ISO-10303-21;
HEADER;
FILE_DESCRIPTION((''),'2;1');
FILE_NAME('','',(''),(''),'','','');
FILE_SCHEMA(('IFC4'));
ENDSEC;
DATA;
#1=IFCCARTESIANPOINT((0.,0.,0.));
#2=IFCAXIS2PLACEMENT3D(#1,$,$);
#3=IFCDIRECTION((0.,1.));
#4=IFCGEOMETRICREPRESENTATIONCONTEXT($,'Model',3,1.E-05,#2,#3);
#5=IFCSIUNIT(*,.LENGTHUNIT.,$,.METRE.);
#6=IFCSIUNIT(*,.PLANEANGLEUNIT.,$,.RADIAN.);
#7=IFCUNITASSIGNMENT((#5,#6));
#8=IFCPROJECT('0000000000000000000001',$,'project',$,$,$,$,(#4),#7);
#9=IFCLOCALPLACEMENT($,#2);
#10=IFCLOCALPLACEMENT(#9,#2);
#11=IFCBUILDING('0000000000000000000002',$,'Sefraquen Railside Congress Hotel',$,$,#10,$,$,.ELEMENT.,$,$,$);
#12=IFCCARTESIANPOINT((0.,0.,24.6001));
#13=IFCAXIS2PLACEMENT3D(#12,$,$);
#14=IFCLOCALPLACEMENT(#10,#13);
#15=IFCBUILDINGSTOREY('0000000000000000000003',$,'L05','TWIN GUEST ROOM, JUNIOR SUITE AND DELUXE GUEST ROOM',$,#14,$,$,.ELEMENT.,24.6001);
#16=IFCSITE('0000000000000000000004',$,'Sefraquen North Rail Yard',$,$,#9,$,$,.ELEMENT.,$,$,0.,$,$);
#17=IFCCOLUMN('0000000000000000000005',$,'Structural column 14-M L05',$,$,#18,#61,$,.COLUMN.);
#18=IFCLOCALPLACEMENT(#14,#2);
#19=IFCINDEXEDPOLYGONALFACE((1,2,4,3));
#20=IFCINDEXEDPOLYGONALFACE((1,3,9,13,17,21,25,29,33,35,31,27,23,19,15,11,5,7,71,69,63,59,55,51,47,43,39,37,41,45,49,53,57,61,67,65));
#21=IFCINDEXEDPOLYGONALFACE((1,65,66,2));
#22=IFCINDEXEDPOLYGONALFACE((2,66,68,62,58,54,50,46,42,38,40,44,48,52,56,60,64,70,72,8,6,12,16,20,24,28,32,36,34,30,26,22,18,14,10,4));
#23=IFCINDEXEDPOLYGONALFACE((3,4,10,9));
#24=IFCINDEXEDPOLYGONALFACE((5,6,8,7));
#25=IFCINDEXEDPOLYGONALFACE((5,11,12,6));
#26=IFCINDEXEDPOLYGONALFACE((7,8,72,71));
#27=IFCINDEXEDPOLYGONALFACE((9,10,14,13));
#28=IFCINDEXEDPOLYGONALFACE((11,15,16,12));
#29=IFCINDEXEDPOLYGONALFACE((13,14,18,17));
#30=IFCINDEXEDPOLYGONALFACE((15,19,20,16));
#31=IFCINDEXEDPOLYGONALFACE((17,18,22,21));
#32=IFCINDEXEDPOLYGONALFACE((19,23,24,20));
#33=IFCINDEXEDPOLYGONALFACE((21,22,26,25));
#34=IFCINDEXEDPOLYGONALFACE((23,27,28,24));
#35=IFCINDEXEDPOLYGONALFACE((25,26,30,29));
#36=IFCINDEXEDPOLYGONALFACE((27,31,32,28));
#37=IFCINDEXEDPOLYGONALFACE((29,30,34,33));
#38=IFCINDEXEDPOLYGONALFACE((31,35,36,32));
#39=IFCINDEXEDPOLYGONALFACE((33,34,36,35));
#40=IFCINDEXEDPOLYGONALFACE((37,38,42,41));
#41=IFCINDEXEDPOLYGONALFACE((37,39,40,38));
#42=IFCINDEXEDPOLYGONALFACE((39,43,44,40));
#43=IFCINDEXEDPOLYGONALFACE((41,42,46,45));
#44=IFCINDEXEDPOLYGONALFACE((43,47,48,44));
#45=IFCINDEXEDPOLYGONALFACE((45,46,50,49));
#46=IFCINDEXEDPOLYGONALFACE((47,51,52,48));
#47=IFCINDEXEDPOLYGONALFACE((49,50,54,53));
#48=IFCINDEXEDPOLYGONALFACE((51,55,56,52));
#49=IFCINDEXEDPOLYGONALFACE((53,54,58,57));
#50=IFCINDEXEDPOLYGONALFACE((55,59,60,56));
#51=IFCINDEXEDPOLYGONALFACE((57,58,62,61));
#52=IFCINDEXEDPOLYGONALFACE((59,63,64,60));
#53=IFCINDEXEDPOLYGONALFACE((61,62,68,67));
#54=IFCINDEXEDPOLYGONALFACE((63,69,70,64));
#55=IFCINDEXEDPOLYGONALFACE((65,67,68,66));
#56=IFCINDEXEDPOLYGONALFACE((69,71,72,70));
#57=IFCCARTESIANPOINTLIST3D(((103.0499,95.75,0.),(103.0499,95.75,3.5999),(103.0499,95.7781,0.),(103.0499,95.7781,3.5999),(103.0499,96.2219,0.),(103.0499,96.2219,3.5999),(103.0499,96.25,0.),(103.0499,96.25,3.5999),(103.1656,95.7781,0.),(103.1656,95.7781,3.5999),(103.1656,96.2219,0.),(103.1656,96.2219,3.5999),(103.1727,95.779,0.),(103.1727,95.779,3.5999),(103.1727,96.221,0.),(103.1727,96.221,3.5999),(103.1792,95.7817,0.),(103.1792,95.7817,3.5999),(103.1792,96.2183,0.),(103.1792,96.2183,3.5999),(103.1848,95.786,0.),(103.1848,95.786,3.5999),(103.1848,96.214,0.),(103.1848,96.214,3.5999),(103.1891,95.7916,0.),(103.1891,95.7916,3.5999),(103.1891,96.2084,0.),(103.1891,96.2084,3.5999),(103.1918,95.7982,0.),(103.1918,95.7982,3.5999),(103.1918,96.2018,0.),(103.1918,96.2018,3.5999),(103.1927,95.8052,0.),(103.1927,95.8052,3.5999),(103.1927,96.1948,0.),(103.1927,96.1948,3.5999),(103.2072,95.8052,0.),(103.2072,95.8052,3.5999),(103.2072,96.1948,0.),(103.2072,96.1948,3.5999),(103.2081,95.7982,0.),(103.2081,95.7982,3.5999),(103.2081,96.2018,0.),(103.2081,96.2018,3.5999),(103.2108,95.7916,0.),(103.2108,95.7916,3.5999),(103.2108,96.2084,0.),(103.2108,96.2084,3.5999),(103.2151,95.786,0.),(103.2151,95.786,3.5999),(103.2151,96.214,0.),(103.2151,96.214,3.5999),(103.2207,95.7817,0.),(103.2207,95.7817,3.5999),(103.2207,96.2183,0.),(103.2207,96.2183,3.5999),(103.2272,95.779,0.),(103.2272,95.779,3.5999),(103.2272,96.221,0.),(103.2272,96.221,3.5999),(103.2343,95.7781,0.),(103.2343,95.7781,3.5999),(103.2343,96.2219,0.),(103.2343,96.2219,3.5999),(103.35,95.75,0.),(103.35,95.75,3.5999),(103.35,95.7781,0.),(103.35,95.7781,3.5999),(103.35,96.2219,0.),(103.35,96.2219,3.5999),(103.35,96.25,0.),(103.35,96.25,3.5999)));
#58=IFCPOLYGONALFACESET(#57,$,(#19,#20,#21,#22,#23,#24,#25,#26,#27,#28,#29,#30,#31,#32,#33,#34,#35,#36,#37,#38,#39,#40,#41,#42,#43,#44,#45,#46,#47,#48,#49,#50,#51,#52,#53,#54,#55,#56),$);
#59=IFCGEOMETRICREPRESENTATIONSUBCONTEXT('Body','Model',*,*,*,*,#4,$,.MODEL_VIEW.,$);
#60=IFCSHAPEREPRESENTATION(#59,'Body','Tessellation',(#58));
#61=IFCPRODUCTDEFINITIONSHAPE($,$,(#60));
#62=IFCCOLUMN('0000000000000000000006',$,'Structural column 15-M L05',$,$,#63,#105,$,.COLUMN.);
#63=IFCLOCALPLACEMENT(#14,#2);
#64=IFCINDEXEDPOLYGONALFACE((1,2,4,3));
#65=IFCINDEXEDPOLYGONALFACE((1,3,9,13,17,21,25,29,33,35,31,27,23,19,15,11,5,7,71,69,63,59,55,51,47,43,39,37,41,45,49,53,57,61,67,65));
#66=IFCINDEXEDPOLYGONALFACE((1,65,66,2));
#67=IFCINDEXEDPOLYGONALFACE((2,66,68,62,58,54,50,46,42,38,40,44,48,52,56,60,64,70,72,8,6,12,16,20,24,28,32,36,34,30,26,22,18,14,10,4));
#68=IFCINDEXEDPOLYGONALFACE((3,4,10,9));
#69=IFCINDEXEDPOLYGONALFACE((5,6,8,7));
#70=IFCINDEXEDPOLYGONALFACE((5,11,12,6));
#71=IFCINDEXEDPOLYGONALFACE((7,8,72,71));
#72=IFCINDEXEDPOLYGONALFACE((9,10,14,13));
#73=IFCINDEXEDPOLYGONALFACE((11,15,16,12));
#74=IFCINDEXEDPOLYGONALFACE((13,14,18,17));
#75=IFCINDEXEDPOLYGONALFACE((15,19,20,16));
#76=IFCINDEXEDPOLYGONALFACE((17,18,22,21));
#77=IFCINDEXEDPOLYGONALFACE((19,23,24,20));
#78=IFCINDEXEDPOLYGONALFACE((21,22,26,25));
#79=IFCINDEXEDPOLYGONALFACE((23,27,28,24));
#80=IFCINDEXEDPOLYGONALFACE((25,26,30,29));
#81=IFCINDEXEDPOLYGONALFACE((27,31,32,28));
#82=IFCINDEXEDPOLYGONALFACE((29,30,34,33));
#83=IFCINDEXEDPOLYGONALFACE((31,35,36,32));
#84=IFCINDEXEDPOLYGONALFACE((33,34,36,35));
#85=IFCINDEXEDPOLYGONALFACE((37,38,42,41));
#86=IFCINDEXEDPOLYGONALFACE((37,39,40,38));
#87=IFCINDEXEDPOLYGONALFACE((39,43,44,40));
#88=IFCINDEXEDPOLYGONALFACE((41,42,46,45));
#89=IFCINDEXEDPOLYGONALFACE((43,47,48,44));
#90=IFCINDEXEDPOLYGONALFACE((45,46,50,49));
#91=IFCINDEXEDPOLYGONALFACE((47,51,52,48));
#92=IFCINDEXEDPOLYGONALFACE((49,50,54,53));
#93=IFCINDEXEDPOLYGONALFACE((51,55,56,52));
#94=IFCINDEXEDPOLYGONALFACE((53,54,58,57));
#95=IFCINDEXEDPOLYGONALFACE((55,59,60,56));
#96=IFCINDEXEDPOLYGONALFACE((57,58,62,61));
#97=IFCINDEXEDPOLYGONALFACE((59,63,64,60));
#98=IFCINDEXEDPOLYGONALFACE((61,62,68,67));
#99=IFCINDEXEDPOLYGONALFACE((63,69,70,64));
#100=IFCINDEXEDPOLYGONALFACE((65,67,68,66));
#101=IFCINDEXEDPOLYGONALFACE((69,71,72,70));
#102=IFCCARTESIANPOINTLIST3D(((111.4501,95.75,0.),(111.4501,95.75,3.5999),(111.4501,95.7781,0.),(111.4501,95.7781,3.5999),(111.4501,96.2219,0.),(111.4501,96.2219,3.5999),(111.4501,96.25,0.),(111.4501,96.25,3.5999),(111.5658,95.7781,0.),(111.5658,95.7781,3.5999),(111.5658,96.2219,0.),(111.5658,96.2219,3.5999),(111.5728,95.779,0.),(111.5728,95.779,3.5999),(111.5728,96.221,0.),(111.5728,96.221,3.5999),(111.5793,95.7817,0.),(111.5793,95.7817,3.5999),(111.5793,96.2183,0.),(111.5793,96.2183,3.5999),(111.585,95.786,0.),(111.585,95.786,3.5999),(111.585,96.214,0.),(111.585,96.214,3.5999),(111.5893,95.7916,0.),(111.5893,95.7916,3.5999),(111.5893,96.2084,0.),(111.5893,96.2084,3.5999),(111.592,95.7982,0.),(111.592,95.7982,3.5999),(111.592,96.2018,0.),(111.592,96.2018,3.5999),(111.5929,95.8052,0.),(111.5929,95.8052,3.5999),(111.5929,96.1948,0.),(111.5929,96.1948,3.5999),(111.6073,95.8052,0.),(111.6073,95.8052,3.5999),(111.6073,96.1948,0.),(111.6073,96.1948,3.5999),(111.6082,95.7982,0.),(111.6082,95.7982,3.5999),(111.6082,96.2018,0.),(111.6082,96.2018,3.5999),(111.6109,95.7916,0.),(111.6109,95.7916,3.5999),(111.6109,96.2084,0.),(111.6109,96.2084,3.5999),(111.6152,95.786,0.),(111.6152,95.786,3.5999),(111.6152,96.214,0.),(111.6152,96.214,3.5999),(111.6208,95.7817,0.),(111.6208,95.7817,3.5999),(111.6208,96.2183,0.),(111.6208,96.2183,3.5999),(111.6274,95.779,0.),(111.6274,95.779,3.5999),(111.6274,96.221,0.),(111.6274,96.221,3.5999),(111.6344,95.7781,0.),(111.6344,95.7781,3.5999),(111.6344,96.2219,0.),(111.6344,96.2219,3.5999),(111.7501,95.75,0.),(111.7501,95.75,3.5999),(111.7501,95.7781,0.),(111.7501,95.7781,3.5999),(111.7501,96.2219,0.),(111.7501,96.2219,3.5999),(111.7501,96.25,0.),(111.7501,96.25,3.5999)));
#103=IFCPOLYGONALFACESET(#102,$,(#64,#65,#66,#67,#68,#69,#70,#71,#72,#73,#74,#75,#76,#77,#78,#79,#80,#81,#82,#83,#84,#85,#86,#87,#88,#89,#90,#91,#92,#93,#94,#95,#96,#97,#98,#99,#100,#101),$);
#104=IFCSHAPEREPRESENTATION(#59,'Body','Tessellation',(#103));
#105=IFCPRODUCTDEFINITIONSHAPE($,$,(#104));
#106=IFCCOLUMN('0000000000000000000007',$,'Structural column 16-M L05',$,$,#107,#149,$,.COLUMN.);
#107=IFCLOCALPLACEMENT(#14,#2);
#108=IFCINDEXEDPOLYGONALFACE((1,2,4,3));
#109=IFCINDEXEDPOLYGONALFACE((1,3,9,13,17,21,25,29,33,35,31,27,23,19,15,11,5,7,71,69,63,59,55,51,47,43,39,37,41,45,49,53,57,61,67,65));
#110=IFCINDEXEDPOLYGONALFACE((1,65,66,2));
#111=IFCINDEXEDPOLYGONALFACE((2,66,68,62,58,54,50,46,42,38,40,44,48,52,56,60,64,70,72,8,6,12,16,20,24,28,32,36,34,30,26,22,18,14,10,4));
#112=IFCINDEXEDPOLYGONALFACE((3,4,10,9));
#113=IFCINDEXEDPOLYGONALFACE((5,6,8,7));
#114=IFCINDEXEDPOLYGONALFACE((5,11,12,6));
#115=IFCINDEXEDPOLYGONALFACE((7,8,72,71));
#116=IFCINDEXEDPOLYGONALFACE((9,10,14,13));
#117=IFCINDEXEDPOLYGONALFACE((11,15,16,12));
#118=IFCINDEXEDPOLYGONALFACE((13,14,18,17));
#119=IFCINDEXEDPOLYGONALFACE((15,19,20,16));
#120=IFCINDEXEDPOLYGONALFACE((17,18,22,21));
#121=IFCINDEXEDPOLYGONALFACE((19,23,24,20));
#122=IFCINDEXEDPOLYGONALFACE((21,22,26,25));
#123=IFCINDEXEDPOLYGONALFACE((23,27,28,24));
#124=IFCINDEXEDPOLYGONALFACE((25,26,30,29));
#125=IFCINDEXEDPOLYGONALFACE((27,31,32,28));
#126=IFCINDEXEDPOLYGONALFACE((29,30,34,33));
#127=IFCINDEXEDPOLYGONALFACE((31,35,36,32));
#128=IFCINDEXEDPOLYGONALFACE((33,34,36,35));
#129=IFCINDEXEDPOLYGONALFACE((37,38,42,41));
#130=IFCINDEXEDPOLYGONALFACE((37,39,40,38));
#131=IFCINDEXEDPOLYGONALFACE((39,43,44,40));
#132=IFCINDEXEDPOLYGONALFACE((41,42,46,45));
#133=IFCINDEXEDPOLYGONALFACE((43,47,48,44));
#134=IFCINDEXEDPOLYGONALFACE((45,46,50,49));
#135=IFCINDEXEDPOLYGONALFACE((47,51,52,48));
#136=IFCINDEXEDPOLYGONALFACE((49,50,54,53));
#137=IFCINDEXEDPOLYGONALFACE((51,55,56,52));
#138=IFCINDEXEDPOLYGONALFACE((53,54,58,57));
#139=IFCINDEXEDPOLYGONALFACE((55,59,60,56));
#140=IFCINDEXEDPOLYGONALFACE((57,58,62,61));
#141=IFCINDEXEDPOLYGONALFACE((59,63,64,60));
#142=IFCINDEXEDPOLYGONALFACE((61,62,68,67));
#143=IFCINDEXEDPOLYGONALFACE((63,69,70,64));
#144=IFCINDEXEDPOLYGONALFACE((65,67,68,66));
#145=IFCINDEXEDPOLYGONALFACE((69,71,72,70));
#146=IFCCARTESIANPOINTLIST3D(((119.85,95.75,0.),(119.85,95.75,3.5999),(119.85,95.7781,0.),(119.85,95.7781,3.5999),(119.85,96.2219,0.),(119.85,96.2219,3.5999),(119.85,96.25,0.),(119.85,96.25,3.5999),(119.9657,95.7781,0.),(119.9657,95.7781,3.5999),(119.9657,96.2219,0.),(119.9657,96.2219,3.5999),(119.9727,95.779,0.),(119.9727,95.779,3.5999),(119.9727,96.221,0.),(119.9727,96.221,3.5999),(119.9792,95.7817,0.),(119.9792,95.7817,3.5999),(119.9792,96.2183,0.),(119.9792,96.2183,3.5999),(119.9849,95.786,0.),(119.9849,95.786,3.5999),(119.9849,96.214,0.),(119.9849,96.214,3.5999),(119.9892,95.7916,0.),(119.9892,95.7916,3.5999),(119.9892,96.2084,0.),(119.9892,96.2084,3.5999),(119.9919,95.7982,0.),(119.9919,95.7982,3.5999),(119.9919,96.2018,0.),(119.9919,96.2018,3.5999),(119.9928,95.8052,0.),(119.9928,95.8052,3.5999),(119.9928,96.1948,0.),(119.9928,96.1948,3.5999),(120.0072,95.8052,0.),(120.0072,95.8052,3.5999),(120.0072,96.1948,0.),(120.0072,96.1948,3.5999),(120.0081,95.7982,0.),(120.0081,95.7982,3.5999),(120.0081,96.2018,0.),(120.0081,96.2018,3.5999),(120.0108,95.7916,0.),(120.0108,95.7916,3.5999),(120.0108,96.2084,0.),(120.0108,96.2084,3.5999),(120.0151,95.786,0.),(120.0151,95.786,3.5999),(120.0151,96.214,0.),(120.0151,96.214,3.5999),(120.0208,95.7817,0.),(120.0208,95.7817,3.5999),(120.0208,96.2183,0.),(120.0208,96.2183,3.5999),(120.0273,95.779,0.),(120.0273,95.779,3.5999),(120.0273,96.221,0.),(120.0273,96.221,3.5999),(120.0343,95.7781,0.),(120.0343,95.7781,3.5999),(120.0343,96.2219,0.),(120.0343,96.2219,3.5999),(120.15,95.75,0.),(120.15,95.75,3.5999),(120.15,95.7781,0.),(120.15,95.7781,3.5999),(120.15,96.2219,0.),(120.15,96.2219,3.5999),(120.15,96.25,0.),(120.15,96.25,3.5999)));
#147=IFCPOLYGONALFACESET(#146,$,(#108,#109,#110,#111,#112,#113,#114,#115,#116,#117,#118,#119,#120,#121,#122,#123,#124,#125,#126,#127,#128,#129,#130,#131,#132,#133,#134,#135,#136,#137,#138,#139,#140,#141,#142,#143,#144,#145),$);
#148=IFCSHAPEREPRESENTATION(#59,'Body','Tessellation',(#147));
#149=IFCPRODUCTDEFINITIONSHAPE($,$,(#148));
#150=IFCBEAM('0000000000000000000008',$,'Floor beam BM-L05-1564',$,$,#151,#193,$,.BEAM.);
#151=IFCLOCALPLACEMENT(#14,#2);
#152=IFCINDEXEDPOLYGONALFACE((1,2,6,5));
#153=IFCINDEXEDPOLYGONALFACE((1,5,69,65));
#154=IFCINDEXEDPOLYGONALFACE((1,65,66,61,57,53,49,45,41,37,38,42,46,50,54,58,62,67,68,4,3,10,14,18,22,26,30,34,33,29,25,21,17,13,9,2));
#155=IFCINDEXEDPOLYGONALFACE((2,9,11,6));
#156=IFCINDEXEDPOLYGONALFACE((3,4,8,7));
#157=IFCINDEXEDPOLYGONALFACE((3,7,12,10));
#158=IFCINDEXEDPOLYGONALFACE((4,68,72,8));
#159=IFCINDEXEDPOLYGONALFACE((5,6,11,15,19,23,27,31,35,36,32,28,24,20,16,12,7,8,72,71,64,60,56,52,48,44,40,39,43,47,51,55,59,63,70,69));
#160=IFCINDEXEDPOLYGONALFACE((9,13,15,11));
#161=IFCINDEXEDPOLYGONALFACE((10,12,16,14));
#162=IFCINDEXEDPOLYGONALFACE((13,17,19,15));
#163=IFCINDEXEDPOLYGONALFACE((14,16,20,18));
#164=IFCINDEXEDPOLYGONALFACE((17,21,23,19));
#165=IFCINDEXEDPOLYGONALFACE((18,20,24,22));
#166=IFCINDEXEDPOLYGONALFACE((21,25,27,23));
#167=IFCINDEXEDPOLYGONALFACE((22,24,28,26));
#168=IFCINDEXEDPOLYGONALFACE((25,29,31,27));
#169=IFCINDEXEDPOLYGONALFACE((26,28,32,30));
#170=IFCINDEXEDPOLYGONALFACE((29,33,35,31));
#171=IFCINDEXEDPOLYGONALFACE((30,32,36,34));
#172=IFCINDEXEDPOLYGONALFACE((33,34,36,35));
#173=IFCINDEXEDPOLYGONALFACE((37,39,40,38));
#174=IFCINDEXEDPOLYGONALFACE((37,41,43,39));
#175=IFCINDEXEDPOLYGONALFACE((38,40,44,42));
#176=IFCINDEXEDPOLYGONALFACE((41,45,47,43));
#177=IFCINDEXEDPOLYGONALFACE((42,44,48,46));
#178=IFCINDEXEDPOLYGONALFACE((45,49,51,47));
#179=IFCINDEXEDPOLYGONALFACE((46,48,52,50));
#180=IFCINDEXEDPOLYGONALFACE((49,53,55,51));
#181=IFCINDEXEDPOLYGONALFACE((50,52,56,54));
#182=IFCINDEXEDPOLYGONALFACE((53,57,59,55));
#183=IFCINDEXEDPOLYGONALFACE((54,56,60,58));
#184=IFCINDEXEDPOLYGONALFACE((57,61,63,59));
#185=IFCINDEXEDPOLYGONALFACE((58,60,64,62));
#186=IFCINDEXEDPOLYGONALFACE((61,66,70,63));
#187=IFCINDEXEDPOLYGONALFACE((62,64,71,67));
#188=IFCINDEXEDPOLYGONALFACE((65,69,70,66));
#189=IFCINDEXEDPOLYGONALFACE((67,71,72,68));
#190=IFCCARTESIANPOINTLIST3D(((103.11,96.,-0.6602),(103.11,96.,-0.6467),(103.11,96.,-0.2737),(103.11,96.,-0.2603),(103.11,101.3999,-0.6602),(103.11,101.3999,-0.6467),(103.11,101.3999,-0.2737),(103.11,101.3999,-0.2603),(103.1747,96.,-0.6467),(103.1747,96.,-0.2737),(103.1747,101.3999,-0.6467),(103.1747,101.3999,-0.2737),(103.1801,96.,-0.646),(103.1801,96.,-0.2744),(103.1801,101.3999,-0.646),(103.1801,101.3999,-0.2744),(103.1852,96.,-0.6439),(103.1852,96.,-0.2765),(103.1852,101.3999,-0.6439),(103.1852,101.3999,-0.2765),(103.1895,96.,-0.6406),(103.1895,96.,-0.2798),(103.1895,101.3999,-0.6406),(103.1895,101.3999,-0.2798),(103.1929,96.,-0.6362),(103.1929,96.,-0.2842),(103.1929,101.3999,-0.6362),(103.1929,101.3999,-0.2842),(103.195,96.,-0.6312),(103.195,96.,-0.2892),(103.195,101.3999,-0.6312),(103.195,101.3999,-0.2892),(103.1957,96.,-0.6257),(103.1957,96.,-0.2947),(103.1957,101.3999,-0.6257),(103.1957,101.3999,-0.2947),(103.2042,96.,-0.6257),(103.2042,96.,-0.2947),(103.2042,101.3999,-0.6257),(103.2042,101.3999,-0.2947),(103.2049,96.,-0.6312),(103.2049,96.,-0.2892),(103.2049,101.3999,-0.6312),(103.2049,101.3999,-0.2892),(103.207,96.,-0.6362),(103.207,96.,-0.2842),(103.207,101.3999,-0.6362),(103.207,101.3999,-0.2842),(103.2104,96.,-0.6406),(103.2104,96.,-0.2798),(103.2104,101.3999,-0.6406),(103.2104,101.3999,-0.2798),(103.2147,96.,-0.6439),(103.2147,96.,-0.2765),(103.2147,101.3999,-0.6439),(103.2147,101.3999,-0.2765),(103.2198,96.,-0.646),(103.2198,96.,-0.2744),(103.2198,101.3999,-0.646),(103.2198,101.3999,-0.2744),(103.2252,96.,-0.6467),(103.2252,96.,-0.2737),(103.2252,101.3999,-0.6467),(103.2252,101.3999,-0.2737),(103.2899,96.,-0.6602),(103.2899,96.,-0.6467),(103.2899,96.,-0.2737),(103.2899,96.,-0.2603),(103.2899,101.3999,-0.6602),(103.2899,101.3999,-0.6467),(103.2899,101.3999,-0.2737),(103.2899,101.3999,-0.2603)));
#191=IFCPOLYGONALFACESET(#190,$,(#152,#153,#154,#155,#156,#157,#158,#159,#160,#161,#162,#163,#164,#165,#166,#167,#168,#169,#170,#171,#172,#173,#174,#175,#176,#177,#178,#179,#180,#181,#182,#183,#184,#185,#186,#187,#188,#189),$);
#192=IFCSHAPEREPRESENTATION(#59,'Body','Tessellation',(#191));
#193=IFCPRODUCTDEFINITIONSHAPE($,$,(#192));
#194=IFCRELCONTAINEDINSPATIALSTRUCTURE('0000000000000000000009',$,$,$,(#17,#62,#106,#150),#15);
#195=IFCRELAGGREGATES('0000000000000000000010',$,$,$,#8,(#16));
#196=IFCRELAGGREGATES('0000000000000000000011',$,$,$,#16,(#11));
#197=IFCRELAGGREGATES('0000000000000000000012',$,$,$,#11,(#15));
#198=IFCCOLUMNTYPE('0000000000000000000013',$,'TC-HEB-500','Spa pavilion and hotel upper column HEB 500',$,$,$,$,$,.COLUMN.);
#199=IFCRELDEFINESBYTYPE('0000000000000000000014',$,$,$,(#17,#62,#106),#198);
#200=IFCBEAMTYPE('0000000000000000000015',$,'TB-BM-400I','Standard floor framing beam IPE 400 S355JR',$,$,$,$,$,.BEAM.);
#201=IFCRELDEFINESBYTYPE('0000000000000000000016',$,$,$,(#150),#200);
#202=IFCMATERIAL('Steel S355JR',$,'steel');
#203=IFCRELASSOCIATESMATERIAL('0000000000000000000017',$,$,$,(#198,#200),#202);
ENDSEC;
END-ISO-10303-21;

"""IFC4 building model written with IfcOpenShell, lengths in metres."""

from ifc_helpers import new_model, si_unit, direction, frame, origin, origin_2d, place, context, subcontext, project, spatial, i_section, extrude, material, material_profile, profile_set, type_object, element, save


model = new_model("IFC4")

# Units and contexts
model_context = context("Model", 3, precision=1e-05, world=origin(), true_north=direction((0.0, 1.0)))
body_context = subcontext(model_context, "Body", "Model", "MODEL_VIEW")
ifc_project = project(units=[si_unit("LENGTHUNIT", "METRE"), si_unit("PLANEANGLEUNIT", "RADIAN")], contexts=[model_context])

# Site, building, storey
site_placement = place(None, origin())
site = spatial("IfcSite", under=ifc_project, at=site_placement, Name="Sefraquen North Rail Yard", CompositionType="ELEMENT", RefElevation=0.0)
building_placement = place(site_placement, origin())
building = spatial("IfcBuilding", under=site, at=building_placement, Name="Sefraquen Railside Congress Hotel", CompositionType="ELEMENT")
storey_placement = place(building_placement, frame((0.0, 0.0, 24.6001)))
storey = spatial("IfcBuildingStorey", under=building, at=storey_placement, Name="L05", Description="TWIN GUEST ROOM, JUNIOR SUITE AND DELUXE GUEST ROOM", CompositionType="ELEMENT", Elevation=24.6001)

# Columns
ifc_material_1 = material(Name="Steel S355JR", Category="steel")
ifc_material_profile_1 = material_profile(ifc_material_1, i_section(OverallWidth=0.3, OverallDepth=0.5, WebThickness=0.0144, FlangeThickness=0.0281, FilletRadius=0.0271, at=origin_2d()), Name="HEB 500")
ifc_profile_set_1 = profile_set([ifc_material_profile_1], Name="Steel S355JR")
column_type = type_object("IfcColumnType", Name="TC-HEB-500", Description="Spa pavilion and hotel upper column HEB 500", PredefinedType="COLUMN", material=ifc_profile_set_1)
for number, where, z_axis, x_axis, name in (
    (1, (103.2, 96.0, 0.0), (0.0, 0.0, 1.0), (1.0, 0.0, 0.0), "Structural column 14-M L05"),
    (2, (111.6001, 96.0, 0.0), (0.0, 0.0, 1.0), (1.0, 0.0, 0.0), "Structural column 15-M L05"),
    (3, (120.0, 96.0, 0.0), (0.0, 0.0, 1.0), (1.0, 0.0, 0.0), "Structural column 16-M L05"),
):
    element("IfcColumn", number, at=place(storey_placement, frame(where, z_axis=z_axis, x_axis=x_axis)), inside=storey, type_object=column_type, Name=name, PredefinedType="COLUMN", context=body_context, shape_type="SweptSolid", body=[
        extrude(i_section(OverallWidth=0.3, OverallDepth=0.5, WebThickness=0.0144, FlangeThickness=0.0281, FilletRadius=0.0271, at=origin_2d()), origin(), (0.0, 0.0, 1.0), 3.5999),
    ])

# Beam
ifc_material_profile_2 = material_profile(ifc_material_1, i_section(OverallWidth=0.1799, OverallDepth=0.3999, WebThickness=0.0085, FlangeThickness=0.0134, FilletRadius=0.021, at=origin_2d()), Name="IPE 400")
ifc_profile_set_2 = profile_set([ifc_material_profile_2], Name="Steel S355JR")
beam_type_1 = type_object("IfcBeamType", Name="TB-BM-400I", Description="Standard floor framing beam IPE 400 S355JR", PredefinedType="BEAM", material=ifc_profile_set_2)
for number, where, z_axis, x_axis, name in (
    (4, (103.2, 96.0, -0.4602), (0.0, 1.0, 0.0), (-1.0, 0.0, 0.0), "Floor beam BM-L05-1564"),
):
    element("IfcBeam", number, at=place(storey_placement, frame(where, z_axis=z_axis, x_axis=x_axis)), inside=storey, type_object=beam_type_1, Name=name, PredefinedType="BEAM", context=body_context, shape_type="SweptSolid", body=[
        extrude(i_section(OverallWidth=0.1799, OverallDepth=0.3999, WebThickness=0.0085, FlangeThickness=0.0134, FilletRadius=0.021, at=origin_2d()), origin(), (0.0, 0.0, 1.0), 5.3999),
    ])

save(model, "model.ifc")
